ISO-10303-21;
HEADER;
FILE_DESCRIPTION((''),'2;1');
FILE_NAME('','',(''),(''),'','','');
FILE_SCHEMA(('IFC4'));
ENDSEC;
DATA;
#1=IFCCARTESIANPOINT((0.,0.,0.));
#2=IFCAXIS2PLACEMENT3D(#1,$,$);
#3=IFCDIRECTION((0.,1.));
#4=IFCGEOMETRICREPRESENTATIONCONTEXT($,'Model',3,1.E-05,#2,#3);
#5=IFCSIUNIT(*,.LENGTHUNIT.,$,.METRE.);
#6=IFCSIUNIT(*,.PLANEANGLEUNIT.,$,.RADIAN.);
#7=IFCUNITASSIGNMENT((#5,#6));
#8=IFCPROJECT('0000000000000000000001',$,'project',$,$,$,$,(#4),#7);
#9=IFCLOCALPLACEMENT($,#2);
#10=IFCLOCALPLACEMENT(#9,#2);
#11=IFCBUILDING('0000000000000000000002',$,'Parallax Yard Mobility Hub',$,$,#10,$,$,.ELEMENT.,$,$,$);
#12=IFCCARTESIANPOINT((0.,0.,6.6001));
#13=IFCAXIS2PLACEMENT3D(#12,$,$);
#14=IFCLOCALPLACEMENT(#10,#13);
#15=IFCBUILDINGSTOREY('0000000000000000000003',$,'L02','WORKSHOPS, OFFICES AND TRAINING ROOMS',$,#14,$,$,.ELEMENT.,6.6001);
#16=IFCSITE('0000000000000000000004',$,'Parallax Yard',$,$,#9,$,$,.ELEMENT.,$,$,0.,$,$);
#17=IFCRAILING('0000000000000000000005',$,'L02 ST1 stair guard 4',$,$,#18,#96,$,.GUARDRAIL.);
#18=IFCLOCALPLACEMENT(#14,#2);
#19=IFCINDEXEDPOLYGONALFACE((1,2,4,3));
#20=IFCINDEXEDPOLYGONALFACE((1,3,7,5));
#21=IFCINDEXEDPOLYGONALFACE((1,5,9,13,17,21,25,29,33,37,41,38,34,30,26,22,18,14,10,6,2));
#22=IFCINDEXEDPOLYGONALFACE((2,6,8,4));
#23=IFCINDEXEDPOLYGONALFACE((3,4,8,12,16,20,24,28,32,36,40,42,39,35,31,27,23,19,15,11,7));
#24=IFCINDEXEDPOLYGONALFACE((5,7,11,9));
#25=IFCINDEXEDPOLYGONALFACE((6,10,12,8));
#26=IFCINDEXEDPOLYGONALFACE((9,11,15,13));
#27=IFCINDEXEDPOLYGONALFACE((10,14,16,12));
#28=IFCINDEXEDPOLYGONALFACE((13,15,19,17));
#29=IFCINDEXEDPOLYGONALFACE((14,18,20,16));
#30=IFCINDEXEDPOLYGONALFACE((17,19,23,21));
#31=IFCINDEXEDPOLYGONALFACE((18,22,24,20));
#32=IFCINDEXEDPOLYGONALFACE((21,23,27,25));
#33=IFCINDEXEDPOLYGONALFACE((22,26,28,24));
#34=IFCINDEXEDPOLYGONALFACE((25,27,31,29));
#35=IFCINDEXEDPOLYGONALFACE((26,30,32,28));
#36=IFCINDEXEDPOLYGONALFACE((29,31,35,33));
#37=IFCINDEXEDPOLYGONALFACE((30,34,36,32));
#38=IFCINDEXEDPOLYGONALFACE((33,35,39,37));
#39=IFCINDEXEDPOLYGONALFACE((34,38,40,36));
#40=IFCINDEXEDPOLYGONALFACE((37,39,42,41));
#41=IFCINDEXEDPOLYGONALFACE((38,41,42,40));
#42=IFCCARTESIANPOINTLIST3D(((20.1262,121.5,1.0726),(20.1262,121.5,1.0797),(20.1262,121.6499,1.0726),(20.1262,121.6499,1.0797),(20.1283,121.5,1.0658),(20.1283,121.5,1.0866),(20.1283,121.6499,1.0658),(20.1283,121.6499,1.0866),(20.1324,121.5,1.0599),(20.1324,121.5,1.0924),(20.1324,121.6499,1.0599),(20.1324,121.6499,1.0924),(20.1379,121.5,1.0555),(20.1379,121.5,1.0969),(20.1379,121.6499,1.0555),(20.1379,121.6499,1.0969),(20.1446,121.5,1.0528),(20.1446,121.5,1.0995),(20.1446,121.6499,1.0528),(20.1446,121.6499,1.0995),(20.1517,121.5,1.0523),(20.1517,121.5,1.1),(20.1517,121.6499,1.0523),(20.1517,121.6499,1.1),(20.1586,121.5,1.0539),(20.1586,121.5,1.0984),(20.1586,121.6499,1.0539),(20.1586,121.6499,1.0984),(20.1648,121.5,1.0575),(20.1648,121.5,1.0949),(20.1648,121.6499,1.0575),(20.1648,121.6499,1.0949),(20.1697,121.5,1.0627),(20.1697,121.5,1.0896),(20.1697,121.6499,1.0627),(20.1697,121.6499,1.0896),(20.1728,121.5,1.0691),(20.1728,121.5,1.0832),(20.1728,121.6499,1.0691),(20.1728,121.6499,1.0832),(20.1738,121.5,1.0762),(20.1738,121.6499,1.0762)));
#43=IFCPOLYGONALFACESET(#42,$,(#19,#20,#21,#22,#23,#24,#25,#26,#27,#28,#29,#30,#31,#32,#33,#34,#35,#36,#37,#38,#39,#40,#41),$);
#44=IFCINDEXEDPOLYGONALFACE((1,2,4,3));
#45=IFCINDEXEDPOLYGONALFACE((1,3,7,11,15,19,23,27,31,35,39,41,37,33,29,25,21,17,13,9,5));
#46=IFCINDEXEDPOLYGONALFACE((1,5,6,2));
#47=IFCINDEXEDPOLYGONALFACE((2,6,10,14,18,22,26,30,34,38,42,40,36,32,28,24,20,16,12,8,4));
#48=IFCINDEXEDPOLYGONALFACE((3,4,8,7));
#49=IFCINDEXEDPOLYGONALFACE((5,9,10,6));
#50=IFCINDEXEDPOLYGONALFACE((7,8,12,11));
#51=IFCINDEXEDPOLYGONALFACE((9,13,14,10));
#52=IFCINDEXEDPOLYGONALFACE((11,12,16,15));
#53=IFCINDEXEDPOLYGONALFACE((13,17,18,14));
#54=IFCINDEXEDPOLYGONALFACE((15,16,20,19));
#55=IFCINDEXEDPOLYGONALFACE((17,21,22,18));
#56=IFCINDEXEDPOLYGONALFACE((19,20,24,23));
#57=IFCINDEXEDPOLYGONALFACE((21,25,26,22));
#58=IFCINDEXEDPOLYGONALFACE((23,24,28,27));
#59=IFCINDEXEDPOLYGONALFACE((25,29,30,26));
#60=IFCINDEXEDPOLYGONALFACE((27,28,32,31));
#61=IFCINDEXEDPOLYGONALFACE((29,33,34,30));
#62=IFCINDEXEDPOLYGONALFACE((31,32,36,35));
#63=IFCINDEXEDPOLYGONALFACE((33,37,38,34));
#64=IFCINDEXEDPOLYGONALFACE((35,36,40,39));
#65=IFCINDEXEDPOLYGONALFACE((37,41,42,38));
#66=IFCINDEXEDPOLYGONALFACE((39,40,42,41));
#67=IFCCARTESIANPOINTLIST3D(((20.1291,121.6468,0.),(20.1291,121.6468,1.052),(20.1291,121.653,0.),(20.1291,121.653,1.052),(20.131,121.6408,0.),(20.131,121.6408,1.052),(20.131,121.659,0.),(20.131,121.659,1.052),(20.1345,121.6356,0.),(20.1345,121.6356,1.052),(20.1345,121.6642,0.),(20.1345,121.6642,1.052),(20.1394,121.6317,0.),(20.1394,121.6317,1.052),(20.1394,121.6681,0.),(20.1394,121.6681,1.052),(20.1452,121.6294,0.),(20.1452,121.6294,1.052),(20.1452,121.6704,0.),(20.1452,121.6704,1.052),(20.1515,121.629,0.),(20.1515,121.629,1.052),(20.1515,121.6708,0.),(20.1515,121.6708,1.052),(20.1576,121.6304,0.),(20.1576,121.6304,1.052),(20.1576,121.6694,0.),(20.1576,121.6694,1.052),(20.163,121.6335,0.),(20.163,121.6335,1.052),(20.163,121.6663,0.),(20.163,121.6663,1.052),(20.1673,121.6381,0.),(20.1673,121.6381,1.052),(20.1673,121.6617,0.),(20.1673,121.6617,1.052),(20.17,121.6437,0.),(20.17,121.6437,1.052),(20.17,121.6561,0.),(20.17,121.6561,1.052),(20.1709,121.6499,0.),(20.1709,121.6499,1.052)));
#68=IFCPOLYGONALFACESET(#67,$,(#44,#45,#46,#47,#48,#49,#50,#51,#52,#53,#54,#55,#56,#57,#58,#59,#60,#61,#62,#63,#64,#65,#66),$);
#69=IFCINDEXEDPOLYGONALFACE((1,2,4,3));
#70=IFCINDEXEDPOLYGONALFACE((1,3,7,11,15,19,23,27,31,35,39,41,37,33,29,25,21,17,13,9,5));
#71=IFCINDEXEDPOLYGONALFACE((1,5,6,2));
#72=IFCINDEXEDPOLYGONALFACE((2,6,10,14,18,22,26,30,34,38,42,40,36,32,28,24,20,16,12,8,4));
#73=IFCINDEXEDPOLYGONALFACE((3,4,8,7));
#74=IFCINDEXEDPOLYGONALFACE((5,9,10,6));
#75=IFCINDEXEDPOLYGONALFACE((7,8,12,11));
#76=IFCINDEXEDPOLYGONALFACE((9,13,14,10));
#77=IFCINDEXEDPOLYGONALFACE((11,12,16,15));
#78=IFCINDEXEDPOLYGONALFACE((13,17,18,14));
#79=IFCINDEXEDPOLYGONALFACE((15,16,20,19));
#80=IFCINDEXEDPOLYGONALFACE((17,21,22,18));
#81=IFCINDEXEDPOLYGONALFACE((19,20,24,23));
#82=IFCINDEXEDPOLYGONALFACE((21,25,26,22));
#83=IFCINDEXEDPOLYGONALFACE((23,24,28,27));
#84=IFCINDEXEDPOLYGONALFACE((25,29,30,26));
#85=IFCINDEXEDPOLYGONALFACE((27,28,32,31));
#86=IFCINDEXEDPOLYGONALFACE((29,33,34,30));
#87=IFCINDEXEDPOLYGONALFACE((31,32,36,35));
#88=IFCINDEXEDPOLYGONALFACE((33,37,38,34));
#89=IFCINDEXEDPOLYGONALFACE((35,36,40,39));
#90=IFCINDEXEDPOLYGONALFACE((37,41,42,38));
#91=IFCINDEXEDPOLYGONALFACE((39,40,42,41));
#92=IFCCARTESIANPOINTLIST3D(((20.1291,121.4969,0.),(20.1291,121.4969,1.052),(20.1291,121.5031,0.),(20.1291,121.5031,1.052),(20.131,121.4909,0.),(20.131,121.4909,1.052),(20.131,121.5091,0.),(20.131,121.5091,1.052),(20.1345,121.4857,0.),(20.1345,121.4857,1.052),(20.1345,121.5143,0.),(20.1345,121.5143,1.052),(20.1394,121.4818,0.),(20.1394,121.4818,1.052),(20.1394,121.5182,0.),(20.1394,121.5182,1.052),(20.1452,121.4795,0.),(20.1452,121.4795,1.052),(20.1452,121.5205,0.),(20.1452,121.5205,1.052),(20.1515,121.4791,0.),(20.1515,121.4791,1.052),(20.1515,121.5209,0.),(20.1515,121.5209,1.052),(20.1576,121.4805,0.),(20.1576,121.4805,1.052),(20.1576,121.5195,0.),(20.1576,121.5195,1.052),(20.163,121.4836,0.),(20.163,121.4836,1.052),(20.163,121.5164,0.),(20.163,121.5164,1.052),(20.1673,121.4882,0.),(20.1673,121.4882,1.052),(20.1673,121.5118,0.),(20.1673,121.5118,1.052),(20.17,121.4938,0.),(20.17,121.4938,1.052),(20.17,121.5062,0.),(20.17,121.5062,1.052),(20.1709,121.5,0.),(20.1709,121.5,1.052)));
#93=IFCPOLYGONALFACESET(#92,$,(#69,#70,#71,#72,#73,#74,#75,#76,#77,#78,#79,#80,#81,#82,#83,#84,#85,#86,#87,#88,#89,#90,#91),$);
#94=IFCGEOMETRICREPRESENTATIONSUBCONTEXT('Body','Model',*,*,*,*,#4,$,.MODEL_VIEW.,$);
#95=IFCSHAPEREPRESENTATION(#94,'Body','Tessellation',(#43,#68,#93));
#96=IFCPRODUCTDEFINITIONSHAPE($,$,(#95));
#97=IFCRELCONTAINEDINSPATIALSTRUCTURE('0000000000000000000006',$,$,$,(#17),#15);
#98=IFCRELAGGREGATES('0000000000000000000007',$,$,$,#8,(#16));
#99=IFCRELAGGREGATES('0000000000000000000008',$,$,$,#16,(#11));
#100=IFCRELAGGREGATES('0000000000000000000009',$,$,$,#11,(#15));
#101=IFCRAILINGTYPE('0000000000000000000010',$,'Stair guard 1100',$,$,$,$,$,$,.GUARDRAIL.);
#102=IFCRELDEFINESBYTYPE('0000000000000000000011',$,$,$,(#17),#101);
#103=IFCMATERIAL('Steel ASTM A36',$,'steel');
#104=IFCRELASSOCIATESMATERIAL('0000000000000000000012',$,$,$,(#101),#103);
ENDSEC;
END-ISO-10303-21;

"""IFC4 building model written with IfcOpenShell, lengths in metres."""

from ifc_helpers import new_model, si_unit, direction, frame, origin, origin_2d, place, context, subcontext, project, spatial, circle, extrude, material, type_object, element, save


model = new_model("IFC4")

# Units and contexts
model_context = context("Model", 3, precision=1e-05, world=origin(), true_north=direction((0.0, 1.0)))
body_context = subcontext(model_context, "Body", "Model", "MODEL_VIEW")
ifc_project = project(units=[si_unit("LENGTHUNIT", "METRE"), si_unit("PLANEANGLEUNIT", "RADIAN")], contexts=[model_context])

# Site, building, storey
site_placement = place(None, origin())
site = spatial("IfcSite", under=ifc_project, at=site_placement, Name="Parallax Yard", CompositionType="ELEMENT", RefElevation=0.0)
building_placement = place(site_placement, origin())
building = spatial("IfcBuilding", under=site, at=building_placement, Name="Parallax Yard Mobility Hub", CompositionType="ELEMENT")
storey_placement = place(building_placement, frame((0.0, 0.0, 6.6001)))
storey = spatial("IfcBuildingStorey", under=building, at=storey_placement, Name="L02", Description="WORKSHOPS, OFFICES AND TRAINING ROOMS", CompositionType="ELEMENT", Elevation=6.6001)

# Railing
ifc_material_1 = material(Name="Steel ASTM A36", Category="steel")
railing_type_1 = type_object("IfcRailingType", Name="Stair guard 1100", PredefinedType="GUARDRAIL", material=ifc_material_1)
railing_1_placement = place(storey_placement, frame((20.1499, 121.6499, 0.0)))
element("IfcRailing", 1, at=railing_1_placement, inside=storey, type_object=railing_type_1, Name="L02 ST1 stair guard 4", PredefinedType="GUARDRAIL", context=body_context, shape_type="SweptSolid", body=[
    extrude(circle(Radius=0.0239, at=origin_2d()), frame((0.0, 0.0, 1.0762), z_axis=(0.0, -1.0, 0.0), x_axis=(1.0, 0.0, 0.0)), (0.0, 0.0, 1.0), 0.1499),
    extrude(circle(Radius=0.021, at=origin_2d()), origin(), (0.0, 0.0, 1.0), 1.052),
    extrude(circle(Radius=0.021, at=origin_2d()), frame((0.0, -0.1499, 0.0)), (0.0, 0.0, 1.0), 1.052),
])

save(model, "model.ifc")
